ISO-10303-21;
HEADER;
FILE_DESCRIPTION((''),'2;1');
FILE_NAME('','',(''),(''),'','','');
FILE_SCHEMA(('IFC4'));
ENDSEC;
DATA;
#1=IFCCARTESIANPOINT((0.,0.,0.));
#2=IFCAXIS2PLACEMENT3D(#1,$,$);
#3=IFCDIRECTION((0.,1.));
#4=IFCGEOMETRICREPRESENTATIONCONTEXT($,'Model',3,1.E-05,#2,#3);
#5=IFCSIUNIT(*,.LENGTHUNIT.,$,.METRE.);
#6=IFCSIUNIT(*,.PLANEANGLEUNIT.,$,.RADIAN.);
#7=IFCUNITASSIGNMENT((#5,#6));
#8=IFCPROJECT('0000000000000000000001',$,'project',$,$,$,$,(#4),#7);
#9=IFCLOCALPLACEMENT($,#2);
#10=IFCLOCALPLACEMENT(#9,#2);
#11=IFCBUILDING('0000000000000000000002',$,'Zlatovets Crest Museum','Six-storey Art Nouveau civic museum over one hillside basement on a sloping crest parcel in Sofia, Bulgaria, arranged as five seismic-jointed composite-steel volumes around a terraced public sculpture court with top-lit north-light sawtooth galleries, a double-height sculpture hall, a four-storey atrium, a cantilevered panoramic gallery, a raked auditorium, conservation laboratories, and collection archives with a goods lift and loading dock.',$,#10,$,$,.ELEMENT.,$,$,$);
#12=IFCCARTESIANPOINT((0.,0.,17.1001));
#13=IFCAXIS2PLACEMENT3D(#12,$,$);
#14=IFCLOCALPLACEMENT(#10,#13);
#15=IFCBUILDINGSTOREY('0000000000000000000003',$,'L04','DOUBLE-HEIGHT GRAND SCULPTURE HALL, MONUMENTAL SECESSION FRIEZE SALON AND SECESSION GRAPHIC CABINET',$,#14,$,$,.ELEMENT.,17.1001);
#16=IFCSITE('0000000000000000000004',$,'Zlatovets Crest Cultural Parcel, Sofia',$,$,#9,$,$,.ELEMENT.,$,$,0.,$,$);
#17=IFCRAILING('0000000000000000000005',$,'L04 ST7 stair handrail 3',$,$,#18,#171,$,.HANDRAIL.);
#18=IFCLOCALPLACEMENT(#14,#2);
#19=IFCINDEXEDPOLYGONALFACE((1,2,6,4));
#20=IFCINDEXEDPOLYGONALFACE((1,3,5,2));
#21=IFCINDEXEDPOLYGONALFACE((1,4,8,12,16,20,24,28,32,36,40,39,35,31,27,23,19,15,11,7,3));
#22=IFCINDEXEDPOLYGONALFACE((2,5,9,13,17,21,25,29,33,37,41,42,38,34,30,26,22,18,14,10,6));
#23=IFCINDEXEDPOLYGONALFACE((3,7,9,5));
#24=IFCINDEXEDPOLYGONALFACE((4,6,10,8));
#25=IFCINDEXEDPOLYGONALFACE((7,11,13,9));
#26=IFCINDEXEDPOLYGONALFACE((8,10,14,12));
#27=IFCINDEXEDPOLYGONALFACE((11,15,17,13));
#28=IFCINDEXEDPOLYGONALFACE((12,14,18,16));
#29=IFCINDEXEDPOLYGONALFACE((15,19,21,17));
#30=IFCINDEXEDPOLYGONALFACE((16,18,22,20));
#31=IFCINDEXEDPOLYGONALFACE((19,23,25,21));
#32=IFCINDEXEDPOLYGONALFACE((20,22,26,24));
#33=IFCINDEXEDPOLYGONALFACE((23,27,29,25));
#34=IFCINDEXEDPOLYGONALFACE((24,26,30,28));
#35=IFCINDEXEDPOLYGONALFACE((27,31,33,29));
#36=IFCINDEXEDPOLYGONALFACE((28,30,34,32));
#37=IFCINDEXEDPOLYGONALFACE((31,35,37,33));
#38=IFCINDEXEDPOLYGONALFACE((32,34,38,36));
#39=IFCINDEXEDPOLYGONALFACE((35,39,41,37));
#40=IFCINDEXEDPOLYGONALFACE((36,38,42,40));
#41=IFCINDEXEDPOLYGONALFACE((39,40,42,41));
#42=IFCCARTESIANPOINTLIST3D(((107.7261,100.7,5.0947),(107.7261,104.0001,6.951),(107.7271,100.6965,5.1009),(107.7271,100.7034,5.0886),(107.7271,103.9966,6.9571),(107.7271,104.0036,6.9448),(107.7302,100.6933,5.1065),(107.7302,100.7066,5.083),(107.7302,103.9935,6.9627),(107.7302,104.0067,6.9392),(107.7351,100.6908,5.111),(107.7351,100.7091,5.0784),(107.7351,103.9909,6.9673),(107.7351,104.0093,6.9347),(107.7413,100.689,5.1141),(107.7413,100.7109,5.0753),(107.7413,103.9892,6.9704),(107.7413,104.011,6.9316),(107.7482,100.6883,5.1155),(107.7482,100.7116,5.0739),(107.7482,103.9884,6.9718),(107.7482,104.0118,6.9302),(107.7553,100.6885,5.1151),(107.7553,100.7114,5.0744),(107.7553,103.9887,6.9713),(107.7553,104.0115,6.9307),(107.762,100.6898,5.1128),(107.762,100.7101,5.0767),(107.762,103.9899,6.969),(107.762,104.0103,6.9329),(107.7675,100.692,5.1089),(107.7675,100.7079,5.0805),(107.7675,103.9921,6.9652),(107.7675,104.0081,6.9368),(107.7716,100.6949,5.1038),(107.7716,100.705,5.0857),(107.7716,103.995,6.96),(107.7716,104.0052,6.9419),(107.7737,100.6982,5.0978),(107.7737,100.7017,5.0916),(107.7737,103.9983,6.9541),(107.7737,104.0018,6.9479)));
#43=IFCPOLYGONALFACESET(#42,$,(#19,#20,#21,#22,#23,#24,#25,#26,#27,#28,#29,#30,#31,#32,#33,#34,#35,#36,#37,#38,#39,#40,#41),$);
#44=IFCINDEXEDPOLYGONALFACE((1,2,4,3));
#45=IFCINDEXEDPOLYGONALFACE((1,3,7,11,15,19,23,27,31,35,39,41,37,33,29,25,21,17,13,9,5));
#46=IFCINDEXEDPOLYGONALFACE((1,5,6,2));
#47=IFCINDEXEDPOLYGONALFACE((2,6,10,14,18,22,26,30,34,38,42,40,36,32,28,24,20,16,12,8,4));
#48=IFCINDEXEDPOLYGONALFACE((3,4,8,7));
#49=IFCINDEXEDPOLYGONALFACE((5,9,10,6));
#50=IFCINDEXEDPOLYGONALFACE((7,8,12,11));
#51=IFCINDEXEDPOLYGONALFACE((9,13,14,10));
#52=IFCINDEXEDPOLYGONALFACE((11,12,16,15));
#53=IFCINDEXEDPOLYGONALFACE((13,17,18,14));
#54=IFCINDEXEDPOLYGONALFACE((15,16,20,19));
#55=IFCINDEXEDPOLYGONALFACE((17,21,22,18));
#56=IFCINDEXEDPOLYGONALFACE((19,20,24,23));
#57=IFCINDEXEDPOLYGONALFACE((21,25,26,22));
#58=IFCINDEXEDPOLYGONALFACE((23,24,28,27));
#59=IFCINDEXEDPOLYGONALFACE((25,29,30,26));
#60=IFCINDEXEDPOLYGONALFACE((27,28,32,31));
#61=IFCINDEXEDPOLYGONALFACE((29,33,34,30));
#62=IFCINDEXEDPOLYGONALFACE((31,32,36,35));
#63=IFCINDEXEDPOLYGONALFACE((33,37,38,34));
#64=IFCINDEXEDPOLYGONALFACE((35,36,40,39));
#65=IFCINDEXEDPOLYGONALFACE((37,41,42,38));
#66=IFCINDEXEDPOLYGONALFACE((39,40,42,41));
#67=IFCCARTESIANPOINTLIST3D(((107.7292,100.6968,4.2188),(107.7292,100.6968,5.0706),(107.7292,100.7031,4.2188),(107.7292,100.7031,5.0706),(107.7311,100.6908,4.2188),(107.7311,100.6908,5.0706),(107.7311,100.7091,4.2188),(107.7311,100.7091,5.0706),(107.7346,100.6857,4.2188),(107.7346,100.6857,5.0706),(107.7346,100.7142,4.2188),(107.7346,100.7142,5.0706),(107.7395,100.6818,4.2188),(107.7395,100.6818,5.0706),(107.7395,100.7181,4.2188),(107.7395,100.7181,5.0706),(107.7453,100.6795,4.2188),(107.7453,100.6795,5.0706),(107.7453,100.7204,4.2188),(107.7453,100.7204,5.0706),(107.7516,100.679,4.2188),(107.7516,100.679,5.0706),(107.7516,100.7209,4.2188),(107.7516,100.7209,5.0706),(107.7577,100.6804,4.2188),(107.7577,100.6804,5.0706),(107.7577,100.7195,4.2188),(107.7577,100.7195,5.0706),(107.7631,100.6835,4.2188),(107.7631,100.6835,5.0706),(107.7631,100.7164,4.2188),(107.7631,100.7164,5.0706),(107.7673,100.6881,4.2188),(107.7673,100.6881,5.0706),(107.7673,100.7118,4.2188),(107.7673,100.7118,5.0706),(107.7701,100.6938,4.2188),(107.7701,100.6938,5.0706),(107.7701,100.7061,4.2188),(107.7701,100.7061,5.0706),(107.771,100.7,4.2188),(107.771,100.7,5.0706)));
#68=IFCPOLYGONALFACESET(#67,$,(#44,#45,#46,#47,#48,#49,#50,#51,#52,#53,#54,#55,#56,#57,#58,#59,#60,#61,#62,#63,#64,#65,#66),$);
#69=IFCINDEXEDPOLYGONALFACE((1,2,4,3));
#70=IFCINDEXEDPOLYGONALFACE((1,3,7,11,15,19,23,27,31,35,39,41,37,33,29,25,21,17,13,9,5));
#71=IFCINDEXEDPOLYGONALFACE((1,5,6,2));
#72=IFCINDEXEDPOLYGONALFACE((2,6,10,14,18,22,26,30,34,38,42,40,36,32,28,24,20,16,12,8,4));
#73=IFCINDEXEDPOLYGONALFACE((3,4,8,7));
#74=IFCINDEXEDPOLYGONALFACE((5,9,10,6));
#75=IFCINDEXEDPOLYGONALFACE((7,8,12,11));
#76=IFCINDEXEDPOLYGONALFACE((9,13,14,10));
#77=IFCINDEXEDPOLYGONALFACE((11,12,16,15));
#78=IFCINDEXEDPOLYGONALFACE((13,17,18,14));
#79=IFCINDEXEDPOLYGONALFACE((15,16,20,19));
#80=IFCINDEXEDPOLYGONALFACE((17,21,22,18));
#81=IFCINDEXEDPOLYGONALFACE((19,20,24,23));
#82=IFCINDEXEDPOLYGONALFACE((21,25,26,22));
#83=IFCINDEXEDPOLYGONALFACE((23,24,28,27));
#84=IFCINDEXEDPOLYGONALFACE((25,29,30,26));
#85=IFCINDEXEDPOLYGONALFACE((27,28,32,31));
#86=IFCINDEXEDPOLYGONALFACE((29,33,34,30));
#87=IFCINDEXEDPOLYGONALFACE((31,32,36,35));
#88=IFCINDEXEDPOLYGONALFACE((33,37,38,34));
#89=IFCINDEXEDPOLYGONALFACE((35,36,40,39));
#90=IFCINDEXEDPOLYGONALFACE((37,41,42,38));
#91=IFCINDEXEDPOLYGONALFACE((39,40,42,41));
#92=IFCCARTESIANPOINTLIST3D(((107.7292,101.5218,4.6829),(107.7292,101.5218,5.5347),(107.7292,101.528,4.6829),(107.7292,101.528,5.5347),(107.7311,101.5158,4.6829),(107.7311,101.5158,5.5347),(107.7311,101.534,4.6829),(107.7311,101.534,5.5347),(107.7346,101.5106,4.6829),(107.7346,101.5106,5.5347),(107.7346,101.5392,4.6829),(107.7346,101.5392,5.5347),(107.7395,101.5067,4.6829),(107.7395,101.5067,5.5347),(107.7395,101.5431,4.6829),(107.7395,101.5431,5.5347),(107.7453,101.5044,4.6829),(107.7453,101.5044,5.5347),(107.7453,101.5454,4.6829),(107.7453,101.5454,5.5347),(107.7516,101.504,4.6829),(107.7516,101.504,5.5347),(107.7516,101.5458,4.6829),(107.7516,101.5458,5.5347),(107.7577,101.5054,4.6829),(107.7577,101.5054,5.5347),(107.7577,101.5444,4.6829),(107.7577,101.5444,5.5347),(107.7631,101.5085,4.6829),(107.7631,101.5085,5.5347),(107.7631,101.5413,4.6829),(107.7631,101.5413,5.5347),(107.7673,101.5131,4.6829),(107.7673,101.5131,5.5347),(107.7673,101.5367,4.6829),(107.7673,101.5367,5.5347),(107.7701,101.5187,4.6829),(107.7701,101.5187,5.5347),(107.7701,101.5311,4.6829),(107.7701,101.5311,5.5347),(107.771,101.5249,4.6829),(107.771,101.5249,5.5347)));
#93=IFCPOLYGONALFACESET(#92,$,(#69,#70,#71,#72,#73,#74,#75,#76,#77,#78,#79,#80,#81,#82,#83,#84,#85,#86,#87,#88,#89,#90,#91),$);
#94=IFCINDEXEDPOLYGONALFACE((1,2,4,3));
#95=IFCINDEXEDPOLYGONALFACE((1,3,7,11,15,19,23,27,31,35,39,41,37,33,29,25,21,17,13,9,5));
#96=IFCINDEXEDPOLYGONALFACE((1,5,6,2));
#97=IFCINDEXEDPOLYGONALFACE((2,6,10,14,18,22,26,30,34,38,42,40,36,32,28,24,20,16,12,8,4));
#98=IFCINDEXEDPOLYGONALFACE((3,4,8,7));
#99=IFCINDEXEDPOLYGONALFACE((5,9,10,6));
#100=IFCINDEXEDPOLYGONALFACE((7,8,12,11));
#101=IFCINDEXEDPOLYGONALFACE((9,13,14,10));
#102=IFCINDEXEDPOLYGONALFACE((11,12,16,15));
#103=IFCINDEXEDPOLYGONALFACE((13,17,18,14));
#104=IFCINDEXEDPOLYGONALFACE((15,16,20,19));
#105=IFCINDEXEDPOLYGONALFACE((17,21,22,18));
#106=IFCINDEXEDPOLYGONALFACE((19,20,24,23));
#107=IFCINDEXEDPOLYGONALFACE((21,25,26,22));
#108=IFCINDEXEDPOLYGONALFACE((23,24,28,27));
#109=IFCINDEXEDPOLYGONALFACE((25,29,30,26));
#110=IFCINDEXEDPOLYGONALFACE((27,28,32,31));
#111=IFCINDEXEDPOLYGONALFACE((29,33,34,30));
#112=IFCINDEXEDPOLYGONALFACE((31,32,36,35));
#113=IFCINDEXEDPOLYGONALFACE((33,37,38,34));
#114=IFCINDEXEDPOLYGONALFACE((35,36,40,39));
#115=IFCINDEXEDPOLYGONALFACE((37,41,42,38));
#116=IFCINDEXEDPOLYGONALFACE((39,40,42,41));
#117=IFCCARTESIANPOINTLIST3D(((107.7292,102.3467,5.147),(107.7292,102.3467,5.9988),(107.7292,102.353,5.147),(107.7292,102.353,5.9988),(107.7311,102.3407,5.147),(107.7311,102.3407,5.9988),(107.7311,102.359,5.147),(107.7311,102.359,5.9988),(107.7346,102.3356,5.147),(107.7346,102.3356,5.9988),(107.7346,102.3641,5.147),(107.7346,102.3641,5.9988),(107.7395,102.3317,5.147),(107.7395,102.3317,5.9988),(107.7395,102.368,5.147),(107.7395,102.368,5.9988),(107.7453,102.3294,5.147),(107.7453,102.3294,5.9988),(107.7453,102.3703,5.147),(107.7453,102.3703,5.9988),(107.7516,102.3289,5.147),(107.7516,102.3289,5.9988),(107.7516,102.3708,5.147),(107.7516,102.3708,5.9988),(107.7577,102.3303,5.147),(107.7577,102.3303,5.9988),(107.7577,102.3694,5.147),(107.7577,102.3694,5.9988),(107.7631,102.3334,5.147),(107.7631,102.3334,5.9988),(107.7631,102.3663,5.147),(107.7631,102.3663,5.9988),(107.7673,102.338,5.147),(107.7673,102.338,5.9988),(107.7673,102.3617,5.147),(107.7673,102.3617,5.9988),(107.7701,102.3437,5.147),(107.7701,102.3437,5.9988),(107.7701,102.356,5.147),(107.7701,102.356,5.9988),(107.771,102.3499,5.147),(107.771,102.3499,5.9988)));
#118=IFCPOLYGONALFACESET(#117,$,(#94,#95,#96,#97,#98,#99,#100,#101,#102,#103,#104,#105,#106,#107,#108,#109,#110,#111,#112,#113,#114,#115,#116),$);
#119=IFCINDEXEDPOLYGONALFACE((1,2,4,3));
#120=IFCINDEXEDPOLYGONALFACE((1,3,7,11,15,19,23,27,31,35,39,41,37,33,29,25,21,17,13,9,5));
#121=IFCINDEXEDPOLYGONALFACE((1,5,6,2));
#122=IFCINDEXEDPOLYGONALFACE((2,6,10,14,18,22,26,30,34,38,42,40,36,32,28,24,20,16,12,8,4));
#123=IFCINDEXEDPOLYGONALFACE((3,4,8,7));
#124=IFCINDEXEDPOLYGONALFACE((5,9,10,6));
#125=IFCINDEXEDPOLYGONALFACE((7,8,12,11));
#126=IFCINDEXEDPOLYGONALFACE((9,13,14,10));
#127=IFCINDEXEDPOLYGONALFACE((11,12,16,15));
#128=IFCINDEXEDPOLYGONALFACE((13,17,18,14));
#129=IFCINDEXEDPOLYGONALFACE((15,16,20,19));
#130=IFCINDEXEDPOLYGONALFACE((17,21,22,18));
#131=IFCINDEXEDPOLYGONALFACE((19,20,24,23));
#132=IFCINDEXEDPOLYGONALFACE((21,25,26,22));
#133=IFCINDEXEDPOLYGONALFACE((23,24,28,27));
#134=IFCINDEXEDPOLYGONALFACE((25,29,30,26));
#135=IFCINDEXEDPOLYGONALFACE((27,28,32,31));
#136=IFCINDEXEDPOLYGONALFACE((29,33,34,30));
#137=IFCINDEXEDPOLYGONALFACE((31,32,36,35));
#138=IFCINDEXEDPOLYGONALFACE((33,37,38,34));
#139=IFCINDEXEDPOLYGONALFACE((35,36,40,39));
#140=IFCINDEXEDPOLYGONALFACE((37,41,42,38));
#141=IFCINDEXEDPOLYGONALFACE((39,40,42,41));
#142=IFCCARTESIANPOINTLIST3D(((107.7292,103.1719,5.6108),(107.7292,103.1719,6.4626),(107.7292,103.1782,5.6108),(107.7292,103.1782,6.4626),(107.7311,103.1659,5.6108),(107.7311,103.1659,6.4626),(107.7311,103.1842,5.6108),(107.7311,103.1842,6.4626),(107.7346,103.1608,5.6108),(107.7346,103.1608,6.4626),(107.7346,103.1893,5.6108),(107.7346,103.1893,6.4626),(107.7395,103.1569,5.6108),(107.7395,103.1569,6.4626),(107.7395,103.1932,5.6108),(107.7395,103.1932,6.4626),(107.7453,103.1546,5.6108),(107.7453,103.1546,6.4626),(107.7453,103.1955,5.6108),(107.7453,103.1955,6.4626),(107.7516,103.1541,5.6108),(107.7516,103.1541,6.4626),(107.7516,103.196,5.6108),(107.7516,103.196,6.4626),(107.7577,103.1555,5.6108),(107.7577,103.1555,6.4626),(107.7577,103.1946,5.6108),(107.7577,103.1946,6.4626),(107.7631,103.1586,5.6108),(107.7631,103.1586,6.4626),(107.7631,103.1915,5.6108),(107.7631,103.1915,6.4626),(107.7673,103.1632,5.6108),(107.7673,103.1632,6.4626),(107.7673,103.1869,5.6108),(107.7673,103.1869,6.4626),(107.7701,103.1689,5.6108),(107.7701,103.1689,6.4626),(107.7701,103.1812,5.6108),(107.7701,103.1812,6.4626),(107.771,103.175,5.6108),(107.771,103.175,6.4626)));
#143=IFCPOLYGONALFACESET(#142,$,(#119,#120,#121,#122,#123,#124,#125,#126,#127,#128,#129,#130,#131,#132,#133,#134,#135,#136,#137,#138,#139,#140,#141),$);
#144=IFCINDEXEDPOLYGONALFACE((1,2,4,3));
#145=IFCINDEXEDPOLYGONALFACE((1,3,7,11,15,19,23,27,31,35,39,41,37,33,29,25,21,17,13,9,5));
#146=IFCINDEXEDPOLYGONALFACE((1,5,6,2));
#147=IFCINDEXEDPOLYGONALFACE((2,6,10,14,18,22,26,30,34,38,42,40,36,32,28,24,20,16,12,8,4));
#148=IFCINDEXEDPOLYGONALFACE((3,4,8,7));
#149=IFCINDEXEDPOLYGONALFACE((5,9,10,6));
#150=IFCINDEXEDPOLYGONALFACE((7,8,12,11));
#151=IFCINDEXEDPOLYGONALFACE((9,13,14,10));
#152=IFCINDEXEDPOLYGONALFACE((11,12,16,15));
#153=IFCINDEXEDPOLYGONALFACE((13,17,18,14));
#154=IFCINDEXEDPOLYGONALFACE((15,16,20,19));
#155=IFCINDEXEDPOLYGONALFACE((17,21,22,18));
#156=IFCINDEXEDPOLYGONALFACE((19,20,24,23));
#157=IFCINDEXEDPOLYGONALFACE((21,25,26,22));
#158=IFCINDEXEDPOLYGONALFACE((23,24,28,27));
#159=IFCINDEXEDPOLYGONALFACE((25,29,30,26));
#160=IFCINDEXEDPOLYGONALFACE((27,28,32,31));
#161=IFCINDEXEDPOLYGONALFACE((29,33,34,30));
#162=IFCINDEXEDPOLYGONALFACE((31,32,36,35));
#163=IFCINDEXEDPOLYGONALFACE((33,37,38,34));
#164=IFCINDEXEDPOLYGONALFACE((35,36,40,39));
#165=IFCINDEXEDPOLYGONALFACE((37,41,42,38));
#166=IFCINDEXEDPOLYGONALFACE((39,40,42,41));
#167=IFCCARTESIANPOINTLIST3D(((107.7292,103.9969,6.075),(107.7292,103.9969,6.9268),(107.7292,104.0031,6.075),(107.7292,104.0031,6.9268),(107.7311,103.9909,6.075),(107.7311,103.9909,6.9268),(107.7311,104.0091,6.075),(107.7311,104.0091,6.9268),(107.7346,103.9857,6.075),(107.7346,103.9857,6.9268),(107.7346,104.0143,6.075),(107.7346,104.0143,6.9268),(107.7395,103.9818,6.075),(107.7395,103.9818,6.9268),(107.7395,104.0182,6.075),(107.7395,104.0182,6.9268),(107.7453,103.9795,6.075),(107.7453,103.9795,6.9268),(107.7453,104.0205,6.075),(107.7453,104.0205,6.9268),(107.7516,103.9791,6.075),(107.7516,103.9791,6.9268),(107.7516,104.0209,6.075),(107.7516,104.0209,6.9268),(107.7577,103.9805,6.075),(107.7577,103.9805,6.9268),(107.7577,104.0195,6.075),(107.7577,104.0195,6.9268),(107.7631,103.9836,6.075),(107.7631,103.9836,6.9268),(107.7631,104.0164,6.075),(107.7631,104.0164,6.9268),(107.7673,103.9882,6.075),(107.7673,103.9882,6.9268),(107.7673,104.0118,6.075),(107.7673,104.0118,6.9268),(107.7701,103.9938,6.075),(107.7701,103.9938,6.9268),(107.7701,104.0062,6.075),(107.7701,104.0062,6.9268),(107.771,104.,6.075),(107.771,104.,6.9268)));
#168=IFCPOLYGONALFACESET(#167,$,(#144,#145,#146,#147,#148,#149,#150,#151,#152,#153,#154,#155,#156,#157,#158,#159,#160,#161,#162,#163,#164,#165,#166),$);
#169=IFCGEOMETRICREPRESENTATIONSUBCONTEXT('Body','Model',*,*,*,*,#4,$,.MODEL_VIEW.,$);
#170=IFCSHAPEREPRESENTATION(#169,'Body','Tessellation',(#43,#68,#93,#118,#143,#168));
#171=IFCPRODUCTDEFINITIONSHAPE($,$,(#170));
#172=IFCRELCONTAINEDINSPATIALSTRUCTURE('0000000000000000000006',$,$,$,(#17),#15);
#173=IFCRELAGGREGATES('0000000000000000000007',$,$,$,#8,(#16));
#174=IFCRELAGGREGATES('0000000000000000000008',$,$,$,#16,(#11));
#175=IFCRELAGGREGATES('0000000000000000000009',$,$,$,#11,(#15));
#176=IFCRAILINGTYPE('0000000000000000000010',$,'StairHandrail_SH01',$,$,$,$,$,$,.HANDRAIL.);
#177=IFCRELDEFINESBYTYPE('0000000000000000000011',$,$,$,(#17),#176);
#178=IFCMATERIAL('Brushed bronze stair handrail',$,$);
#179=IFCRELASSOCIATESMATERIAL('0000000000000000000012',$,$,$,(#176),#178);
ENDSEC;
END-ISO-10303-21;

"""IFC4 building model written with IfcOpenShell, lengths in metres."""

from ifc_helpers import new_model, si_unit, direction, frame, origin, origin_2d, place, context, subcontext, project, spatial, circle, extrude, material, type_object, element, save


model = new_model("IFC4")

# Units and contexts
model_context = context("Model", 3, precision=1e-05, world=origin(), true_north=direction((0.0, 1.0)))
body_context = subcontext(model_context, "Body", "Model", "MODEL_VIEW")
ifc_project = project(units=[si_unit("LENGTHUNIT", "METRE"), si_unit("PLANEANGLEUNIT", "RADIAN")], contexts=[model_context])

# Site, building, storey
site_placement = place(None, origin())
site = spatial("IfcSite", under=ifc_project, at=site_placement, Name="Zlatovets Crest Cultural Parcel, Sofia", CompositionType="ELEMENT", RefElevation=0.0)
building_placement = place(site_placement, origin())
building = spatial("IfcBuilding", under=site, at=building_placement, Name="Zlatovets Crest Museum", Description="Six-storey Art Nouveau civic museum over one hillside basement on a sloping crest parcel in Sofia, Bulgaria, arranged as five seismic-jointed composite-steel volumes around a terraced public sculpture court with top-lit north-light sawtooth galleries, a double-height sculpture hall, a four-storey atrium, a cantilevered panoramic gallery, a raked auditorium, conservation laboratories, and collection archives with a goods lift and loading dock.", CompositionType="ELEMENT")
storey_placement = place(building_placement, frame((0.0, 0.0, 17.1001)))
storey = spatial("IfcBuildingStorey", under=building, at=storey_placement, Name="L04", Description="DOUBLE-HEIGHT GRAND SCULPTURE HALL, MONUMENTAL SECESSION FRIEZE SALON AND SECESSION GRAPHIC CABINET", CompositionType="ELEMENT", Elevation=17.1001)

# Railing
ifc_material_1 = material(Name="Brushed bronze stair handrail")
railing_type_1 = type_object("IfcRailingType", Name="StairHandrail_SH01", PredefinedType="HANDRAIL", material=ifc_material_1)
railing_1_placement = place(storey_placement, frame((107.75, 100.7, 4.2188)))
element("IfcRailing", 1, at=railing_1_placement, inside=storey, type_object=railing_type_1, Name="L04 ST7 stair handrail 3", PredefinedType="HANDRAIL", context=body_context, shape_type="SweptSolid", body=[
    extrude(circle(Radius=0.0239, at=origin_2d()), frame((0.0, 0.0, 0.876), z_axis=(0.0, 0.871584, 0.490246), x_axis=(-1.0, 0.0, 0.0)), (0.0, 0.0, 1.0), 3.7864),
    extrude(circle(Radius=0.021, at=origin_2d()), origin(), (0.0, 0.0, 1.0), 0.8518),
    extrude(circle(Radius=0.021, at=origin_2d()), frame((0.0, 0.825, 0.4641)), (0.0, 0.0, 1.0), 0.8518),
    extrude(circle(Radius=0.021, at=origin_2d()), frame((0.0, 1.6499, 0.9282)), (0.0, 0.0, 1.0), 0.8518),
    extrude(circle(Radius=0.021, at=origin_2d()), frame((0.0, 2.4751, 1.3921)), (0.0, 0.0, 1.0), 0.8518),
    extrude(circle(Radius=0.021, at=origin_2d()), frame((0.0, 3.3, 1.8562)), (0.0, 0.0, 1.0), 0.8518),
])

save(model, "model.ifc")
